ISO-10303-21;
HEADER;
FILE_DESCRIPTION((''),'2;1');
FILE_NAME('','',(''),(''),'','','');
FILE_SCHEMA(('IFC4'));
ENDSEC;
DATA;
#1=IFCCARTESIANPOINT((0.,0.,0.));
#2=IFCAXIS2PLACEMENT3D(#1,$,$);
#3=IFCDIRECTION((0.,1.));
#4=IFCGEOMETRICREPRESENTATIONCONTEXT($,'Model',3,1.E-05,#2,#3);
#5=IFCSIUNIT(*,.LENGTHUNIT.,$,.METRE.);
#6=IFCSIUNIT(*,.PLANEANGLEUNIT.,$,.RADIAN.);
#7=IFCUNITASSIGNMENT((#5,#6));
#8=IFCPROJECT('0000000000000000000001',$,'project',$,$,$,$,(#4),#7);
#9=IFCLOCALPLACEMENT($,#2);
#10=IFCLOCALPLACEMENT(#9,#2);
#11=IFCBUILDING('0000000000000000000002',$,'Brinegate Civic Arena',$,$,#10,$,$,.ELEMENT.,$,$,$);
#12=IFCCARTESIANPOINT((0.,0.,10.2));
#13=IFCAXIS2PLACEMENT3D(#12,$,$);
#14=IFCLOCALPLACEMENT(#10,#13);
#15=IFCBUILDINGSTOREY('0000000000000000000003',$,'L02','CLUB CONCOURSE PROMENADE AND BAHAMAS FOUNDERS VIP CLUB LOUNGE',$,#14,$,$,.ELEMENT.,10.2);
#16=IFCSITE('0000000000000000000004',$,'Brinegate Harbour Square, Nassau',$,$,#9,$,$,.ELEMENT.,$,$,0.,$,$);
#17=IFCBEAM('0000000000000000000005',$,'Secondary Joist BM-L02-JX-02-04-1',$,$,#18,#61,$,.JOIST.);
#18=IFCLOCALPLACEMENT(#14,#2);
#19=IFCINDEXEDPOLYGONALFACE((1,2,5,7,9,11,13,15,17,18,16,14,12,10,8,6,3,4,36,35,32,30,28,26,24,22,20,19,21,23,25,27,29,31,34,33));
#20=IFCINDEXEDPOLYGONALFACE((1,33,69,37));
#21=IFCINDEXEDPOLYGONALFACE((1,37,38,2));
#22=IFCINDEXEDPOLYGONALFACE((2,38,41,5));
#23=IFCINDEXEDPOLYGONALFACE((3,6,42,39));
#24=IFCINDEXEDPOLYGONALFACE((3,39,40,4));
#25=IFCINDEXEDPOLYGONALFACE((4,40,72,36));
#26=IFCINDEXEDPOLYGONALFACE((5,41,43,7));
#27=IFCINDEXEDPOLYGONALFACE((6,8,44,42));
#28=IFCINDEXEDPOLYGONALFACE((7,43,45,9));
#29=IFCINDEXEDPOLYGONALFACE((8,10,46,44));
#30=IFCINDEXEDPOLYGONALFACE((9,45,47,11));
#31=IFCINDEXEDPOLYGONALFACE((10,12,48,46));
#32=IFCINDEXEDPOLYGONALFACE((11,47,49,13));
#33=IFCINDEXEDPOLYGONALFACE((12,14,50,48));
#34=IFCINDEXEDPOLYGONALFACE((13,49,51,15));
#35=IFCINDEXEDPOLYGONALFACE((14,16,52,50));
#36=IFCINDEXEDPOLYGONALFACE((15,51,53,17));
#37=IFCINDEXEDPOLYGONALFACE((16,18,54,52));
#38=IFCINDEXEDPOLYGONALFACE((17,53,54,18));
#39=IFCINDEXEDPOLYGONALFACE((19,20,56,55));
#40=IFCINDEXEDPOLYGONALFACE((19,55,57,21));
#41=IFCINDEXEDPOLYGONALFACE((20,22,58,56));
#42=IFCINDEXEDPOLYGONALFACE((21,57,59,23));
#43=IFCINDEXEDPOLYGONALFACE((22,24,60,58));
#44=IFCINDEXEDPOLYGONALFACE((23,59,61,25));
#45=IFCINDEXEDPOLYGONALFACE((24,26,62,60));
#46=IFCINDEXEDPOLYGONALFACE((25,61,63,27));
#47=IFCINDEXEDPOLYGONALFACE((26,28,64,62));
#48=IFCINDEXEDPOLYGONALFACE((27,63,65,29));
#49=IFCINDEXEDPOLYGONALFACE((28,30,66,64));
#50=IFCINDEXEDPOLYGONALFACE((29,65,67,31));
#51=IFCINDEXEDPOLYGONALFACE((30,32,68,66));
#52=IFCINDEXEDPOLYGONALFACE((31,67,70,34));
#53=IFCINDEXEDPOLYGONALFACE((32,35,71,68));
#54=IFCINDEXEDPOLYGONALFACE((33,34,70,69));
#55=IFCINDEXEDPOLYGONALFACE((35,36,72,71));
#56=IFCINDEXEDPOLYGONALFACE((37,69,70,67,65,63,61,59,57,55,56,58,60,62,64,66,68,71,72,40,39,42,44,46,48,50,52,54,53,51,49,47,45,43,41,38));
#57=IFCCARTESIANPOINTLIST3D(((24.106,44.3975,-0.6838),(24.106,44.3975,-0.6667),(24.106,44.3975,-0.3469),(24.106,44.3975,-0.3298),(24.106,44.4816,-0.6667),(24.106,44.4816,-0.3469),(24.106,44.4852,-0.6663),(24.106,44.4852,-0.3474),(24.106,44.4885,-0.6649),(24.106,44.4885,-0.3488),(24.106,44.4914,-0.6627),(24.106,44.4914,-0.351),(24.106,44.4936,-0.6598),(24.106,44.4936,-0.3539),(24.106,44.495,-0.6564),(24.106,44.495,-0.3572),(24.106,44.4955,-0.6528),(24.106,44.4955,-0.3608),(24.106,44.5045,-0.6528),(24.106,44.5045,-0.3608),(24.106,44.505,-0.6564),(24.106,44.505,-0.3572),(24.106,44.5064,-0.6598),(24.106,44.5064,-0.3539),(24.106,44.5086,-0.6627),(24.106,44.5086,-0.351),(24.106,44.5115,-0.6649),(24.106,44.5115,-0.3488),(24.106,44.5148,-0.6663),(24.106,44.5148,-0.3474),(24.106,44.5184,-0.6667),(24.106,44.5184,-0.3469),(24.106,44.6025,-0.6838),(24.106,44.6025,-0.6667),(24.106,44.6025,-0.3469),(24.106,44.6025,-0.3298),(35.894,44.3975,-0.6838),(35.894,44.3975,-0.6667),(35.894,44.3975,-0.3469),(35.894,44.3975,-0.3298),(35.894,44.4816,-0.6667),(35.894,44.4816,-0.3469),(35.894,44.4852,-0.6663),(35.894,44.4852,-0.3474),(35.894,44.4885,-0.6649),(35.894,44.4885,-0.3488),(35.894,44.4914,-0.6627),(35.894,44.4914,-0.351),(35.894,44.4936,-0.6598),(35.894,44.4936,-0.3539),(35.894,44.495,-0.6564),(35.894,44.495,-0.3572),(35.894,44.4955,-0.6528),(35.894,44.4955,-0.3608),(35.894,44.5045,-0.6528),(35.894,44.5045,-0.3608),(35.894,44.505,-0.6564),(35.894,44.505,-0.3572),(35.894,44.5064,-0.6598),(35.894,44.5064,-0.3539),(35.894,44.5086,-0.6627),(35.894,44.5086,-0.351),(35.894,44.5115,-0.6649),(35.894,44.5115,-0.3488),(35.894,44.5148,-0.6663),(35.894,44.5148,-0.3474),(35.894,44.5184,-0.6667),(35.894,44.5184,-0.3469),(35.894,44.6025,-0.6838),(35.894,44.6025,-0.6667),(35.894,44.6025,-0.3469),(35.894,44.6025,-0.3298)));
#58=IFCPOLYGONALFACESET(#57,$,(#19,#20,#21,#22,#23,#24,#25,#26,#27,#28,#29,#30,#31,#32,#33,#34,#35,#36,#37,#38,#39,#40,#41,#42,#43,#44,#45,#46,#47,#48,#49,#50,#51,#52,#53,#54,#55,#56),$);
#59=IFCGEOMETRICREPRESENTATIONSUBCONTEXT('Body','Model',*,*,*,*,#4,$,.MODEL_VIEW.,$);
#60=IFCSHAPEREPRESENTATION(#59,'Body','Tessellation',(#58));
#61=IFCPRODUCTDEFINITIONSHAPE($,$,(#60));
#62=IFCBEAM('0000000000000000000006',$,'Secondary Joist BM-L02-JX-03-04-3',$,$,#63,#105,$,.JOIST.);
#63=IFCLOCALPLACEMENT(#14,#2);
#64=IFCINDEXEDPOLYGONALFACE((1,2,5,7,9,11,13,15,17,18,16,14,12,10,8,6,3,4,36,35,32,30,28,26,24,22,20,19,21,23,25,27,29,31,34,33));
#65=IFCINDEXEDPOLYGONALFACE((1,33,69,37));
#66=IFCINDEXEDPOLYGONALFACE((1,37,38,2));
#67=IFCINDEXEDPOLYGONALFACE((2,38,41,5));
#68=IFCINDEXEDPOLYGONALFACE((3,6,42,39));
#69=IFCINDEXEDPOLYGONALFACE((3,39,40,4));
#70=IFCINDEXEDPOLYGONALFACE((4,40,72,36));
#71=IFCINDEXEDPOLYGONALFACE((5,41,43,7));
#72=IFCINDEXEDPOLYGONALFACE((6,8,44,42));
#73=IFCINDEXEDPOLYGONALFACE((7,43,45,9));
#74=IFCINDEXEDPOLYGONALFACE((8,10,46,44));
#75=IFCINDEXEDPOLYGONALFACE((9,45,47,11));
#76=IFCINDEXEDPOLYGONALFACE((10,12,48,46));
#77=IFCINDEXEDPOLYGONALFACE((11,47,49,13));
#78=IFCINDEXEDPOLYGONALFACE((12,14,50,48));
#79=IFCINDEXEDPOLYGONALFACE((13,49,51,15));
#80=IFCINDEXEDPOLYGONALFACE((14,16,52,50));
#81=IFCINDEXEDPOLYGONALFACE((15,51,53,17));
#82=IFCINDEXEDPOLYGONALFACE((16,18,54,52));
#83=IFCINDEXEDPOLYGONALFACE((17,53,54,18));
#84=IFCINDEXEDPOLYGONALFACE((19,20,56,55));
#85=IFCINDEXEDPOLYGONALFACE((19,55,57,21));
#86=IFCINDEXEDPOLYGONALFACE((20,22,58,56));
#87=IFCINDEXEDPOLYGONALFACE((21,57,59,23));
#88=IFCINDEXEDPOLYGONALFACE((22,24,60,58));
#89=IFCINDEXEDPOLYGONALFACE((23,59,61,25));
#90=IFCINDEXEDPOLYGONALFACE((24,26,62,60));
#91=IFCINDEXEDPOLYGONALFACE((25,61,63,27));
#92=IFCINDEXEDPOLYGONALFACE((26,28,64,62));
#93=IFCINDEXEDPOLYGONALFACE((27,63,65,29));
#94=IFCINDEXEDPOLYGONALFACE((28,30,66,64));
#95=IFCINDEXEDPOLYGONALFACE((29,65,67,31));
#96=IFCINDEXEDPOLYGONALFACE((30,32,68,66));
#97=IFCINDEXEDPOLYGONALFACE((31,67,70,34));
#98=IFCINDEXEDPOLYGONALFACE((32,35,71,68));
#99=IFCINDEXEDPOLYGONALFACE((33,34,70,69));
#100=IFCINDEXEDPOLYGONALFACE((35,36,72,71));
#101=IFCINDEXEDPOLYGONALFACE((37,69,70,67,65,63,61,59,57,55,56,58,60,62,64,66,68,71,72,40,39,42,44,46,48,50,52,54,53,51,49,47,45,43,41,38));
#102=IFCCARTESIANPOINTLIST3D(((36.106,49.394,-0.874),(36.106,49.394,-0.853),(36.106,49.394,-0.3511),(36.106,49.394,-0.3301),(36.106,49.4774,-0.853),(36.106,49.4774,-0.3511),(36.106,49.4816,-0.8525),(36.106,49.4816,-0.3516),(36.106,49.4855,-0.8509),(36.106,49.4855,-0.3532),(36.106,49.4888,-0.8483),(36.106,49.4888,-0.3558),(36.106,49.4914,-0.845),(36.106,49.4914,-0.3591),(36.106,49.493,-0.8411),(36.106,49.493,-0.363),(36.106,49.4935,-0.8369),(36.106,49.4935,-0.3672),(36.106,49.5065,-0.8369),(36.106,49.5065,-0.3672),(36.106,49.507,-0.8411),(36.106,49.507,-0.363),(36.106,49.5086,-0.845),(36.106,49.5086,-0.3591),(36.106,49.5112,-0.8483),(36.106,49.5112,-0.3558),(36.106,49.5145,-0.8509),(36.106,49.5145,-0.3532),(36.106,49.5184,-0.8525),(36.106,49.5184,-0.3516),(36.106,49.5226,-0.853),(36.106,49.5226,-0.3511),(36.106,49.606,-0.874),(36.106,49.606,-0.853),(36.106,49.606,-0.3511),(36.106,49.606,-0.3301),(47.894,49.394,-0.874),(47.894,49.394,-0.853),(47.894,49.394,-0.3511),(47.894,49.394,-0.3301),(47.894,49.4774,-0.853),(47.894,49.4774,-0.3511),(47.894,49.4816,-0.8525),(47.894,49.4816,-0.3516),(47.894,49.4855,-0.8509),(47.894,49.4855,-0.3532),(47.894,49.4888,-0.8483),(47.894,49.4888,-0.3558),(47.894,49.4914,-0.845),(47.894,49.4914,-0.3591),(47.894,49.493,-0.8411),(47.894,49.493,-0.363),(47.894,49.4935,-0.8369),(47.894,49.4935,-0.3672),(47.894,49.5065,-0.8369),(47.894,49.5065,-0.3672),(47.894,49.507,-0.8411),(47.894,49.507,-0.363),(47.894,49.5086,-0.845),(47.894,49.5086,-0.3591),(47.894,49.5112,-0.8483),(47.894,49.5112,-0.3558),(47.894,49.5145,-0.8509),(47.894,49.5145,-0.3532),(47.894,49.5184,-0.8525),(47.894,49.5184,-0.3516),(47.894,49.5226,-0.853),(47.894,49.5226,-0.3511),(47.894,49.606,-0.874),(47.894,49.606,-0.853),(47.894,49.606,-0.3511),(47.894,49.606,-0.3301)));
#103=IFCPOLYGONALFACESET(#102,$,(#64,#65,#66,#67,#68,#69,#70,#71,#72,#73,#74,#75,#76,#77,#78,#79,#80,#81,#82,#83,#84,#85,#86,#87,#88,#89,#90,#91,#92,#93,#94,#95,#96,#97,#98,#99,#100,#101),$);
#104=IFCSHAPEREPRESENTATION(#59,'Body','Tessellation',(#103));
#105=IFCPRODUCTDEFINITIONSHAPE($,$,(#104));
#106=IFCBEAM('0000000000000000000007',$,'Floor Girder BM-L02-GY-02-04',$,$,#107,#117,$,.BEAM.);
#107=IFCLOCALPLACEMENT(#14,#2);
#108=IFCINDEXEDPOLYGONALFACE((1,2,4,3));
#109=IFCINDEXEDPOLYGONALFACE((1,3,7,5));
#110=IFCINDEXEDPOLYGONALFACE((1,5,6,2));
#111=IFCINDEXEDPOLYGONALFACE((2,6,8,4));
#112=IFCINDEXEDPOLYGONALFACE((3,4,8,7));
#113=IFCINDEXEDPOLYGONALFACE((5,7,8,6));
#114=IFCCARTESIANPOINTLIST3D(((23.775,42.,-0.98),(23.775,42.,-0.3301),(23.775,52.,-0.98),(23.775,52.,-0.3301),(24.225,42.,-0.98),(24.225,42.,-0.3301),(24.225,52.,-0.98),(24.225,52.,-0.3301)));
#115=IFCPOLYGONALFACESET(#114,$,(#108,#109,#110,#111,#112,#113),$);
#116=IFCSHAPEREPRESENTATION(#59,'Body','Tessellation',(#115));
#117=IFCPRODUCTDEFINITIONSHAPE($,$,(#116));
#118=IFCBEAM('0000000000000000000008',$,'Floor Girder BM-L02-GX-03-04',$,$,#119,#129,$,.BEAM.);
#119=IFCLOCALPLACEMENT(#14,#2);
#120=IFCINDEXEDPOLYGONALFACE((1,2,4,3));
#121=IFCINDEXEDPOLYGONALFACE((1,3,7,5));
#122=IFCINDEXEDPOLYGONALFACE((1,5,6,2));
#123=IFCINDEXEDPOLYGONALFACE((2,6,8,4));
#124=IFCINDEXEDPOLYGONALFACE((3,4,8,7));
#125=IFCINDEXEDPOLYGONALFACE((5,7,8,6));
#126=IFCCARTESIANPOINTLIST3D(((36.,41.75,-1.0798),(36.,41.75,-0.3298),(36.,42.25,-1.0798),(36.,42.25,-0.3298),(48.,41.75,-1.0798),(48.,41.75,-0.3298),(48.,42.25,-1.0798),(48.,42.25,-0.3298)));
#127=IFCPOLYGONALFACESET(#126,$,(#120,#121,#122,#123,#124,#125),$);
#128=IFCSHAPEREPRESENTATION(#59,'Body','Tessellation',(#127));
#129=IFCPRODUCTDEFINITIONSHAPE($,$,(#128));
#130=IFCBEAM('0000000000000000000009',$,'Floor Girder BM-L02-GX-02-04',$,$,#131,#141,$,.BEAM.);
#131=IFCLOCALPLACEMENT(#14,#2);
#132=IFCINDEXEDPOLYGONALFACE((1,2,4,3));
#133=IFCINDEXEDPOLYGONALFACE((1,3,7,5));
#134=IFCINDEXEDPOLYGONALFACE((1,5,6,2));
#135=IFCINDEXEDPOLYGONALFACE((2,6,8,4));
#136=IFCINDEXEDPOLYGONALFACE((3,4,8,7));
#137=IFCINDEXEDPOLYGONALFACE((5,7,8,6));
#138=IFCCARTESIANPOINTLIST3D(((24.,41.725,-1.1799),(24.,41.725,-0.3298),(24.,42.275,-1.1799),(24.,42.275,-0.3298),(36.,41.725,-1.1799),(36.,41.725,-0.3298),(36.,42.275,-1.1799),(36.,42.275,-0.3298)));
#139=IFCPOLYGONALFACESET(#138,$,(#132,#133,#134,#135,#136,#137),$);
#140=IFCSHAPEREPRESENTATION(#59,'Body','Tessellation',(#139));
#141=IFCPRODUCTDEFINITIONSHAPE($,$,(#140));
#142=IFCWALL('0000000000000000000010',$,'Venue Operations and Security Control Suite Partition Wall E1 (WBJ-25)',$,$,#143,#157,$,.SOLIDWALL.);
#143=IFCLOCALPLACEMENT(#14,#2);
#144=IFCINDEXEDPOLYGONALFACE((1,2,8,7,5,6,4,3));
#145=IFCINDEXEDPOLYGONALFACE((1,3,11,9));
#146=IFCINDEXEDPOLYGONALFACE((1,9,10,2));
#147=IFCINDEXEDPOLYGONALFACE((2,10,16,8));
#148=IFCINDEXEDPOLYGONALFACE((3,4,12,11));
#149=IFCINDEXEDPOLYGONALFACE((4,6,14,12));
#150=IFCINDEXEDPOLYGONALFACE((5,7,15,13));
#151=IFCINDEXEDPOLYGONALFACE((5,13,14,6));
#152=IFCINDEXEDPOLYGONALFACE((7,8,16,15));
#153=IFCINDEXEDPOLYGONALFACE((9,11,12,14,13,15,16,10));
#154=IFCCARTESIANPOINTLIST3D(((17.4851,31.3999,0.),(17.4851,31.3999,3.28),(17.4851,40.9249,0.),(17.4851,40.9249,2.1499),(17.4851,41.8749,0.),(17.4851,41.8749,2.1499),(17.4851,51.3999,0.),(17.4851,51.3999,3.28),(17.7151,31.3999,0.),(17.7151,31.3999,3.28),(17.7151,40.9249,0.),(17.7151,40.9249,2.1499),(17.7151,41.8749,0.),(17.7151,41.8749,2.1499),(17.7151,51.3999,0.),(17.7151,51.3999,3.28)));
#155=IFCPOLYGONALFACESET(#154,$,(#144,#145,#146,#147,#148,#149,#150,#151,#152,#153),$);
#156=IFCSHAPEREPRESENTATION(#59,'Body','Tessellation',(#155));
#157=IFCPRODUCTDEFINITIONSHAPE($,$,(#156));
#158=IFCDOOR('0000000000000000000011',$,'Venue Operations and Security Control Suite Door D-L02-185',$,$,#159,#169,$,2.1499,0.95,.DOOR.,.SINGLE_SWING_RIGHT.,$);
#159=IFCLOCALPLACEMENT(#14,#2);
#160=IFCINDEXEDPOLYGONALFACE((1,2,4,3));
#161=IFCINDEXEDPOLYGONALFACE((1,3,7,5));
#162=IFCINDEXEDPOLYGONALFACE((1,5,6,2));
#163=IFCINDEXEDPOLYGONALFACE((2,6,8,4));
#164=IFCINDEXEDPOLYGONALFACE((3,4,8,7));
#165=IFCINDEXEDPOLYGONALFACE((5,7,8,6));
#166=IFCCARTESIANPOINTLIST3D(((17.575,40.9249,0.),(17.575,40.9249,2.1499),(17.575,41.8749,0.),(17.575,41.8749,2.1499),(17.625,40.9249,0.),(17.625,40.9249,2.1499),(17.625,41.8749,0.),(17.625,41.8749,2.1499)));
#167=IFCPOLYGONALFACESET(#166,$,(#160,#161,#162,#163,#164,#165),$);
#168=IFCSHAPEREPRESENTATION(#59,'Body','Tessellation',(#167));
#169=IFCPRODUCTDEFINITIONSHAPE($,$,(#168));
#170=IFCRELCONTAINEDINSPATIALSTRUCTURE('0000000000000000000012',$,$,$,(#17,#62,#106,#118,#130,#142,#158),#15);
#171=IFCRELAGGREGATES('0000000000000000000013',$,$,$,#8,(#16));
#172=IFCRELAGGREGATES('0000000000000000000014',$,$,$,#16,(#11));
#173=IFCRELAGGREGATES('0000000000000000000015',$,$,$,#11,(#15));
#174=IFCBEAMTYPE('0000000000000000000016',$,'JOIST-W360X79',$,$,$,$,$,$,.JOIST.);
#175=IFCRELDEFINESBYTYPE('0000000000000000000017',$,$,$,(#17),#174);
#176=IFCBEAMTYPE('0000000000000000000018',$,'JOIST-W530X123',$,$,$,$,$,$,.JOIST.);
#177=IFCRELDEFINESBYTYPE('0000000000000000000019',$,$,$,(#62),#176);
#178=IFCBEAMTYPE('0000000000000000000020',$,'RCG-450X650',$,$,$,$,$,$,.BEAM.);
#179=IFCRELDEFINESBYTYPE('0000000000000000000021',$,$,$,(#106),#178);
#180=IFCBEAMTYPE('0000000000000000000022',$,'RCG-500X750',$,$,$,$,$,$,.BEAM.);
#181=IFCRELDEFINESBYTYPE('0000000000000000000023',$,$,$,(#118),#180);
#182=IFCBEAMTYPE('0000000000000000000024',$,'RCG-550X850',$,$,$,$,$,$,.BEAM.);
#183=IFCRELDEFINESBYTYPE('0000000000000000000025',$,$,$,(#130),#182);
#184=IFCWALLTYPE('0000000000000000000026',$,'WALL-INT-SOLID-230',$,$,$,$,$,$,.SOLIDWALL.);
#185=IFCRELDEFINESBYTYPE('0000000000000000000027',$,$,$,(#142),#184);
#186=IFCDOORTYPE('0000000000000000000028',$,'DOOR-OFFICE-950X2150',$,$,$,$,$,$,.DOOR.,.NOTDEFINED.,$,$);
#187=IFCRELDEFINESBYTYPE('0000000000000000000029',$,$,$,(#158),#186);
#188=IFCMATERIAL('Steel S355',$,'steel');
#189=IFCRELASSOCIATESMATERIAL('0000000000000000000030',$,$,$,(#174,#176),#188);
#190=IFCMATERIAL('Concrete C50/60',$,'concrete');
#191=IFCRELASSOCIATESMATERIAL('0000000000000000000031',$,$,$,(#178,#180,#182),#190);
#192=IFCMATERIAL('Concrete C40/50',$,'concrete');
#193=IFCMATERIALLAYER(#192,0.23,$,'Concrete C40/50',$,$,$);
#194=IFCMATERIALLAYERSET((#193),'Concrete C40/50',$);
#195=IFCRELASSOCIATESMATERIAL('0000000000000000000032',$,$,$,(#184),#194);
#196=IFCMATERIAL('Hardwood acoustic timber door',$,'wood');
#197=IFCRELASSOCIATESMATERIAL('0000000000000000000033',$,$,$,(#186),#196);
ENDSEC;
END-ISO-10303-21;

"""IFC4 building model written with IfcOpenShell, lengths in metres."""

from ifc_helpers import new_model, si_unit, direction, frame, frame_2d, origin, origin_2d, place, context, subcontext, project, spatial, rectangle, i_section, extrude, material, layer, layer_set, material_profile, profile_set, type_object, element, fill, save


model = new_model("IFC4")

# Units and contexts
model_context = context("Model", 3, precision=1e-05, world=origin(), true_north=direction((0.0, 1.0)))
body_context = subcontext(model_context, "Body", "Model", "MODEL_VIEW")
ifc_project = project(units=[si_unit("LENGTHUNIT", "METRE"), si_unit("PLANEANGLEUNIT", "RADIAN")], contexts=[model_context])

# Site, building, storey
site_placement = place(None, origin())
site = spatial("IfcSite", under=ifc_project, at=site_placement, Name="Brinegate Harbour Square, Nassau", CompositionType="ELEMENT", RefElevation=0.0)
building_placement = place(site_placement, origin())
building = spatial("IfcBuilding", under=site, at=building_placement, Name="Brinegate Civic Arena", CompositionType="ELEMENT")
storey_placement = place(building_placement, frame((0.0, 0.0, 10.2)))
storey = spatial("IfcBuildingStorey", under=building, at=storey_placement, Name="L02", Description="CLUB CONCOURSE PROMENADE AND BAHAMAS FOUNDERS VIP CLUB LOUNGE", CompositionType="ELEMENT", Elevation=10.2)

# Shared definitions
ifc_material_1 = material(Name="Concrete C50/60", Category="concrete")
ifc_material_2 = material(Name="Steel S355", Category="steel")

# Beams
ifc_material_profile_1 = material_profile(ifc_material_2, i_section(OverallWidth=0.2051, OverallDepth=0.354, WebThickness=0.009, FlangeThickness=0.0171, FilletRadius=0.0139, at=origin_2d()), Name="W360X79")
ifc_profile_set_1 = profile_set([ifc_material_profile_1], Name="Steel S355")
beam_type_1 = type_object("IfcBeamType", Name="JOIST-W360X79", PredefinedType="JOIST", material=ifc_profile_set_1)
beam_1_placement = place(storey_placement, frame((24.106, 44.5, -0.5068), z_axis=(1.0, 0.0, 0.0), x_axis=(0.0, 1.0, 0.0)))
element("IfcBeam", 1, at=beam_1_placement, inside=storey, type_object=beam_type_1, Name="Secondary Joist BM-L02-JX-02-04-1", PredefinedType="JOIST", context=body_context, shape_type="SweptSolid", body=[
    extrude(i_section(OverallWidth=0.2051, OverallDepth=0.354, WebThickness=0.009, FlangeThickness=0.0171, FilletRadius=0.0139, at=origin_2d()), origin(), (0.0, 0.0, 1.0), 11.7881),
])
ifc_material_profile_2 = material_profile(ifc_material_2, i_section(OverallWidth=0.2119, OverallDepth=0.5439, WebThickness=0.0129, FlangeThickness=0.021, FilletRadius=0.0161, at=origin_2d()), Name="W530X123")
ifc_profile_set_2 = profile_set([ifc_material_profile_2], Name="Steel S355")
beam_type_2 = type_object("IfcBeamType", Name="JOIST-W530X123", PredefinedType="JOIST", material=ifc_profile_set_2)
beam_2_placement = place(storey_placement, frame((36.106, 49.5, -0.6021), z_axis=(1.0, 0.0, 0.0), x_axis=(0.0, 1.0, 0.0)))
element("IfcBeam", 2, at=beam_2_placement, inside=storey, type_object=beam_type_2, Name="Secondary Joist BM-L02-JX-03-04-3", PredefinedType="JOIST", context=body_context, shape_type="SweptSolid", body=[
    extrude(i_section(OverallWidth=0.2119, OverallDepth=0.5439, WebThickness=0.0129, FlangeThickness=0.021, FilletRadius=0.0161, at=origin_2d()), origin(), (0.0, 0.0, 1.0), 11.7881),
])
ifc_material_profile_3 = material_profile(ifc_material_1, rectangle(XDim=0.45, YDim=0.6499, at=origin_2d()), Name="RCB450X650")
ifc_profile_set_3 = profile_set([ifc_material_profile_3], Name="Concrete C50/60")
beam_type_3 = type_object("IfcBeamType", Name="RCG-450X650", PredefinedType="BEAM", material=ifc_profile_set_3)
beam_3_placement = place(storey_placement, frame((24.0, 42.0, -0.655), z_axis=(0.0, 1.0, 0.0), x_axis=(-1.0, 0.0, 0.0)))
element("IfcBeam", 3, at=beam_3_placement, inside=storey, type_object=beam_type_3, Name="Floor Girder BM-L02-GY-02-04", PredefinedType="BEAM", context=body_context, shape_type="SweptSolid", body=[
    extrude(rectangle(XDim=0.45, YDim=0.6499, at=origin_2d()), origin(), (0.0, 0.0, 1.0), 10.0),
])
ifc_material_profile_4 = material_profile(ifc_material_1, rectangle(XDim=0.5, YDim=0.75, at=origin_2d()), Name="RCB500X750")
ifc_profile_set_4 = profile_set([ifc_material_profile_4], Name="Concrete C50/60")
beam_type_4 = type_object("IfcBeamType", Name="RCG-500X750", PredefinedType="BEAM", material=ifc_profile_set_4)
beam_4_placement = place(storey_placement, frame((36.0, 42.0, -0.7048), z_axis=(1.0, 0.0, 0.0), x_axis=(0.0, 1.0, 0.0)))
element("IfcBeam", 4, at=beam_4_placement, inside=storey, type_object=beam_type_4, Name="Floor Girder BM-L02-GX-03-04", PredefinedType="BEAM", context=body_context, shape_type="SweptSolid", body=[
    extrude(rectangle(XDim=0.5, YDim=0.75, at=origin_2d()), origin(), (0.0, 0.0, 1.0), 12.0),
])
ifc_material_profile_5 = material_profile(ifc_material_1, rectangle(XDim=0.55, YDim=0.8501, at=origin_2d()), Name="RCB550X850")
ifc_profile_set_5 = profile_set([ifc_material_profile_5], Name="Concrete C50/60")
beam_type_5 = type_object("IfcBeamType", Name="RCG-550X850", PredefinedType="BEAM", material=ifc_profile_set_5)
beam_5_placement = place(storey_placement, frame((24.0, 42.0, -0.7549), z_axis=(1.0, 0.0, 0.0), x_axis=(0.0, 1.0, 0.0)))
element("IfcBeam", 5, at=beam_5_placement, inside=storey, type_object=beam_type_5, Name="Floor Girder BM-L02-GX-02-04", PredefinedType="BEAM", context=body_context, shape_type="SweptSolid", body=[
    extrude(rectangle(XDim=0.55, YDim=0.8501, at=origin_2d()), origin(), (0.0, 0.0, 1.0), 12.0),
])

# Wall, opening, door
ifc_material_3 = material(Name="Concrete C40/50", Category="concrete")
ifc_layer = layer(ifc_material_3, 0.23, Name="Concrete C40/50")
ifc_layer_set = layer_set([ifc_layer], Name="Concrete C40/50")
wall_type = type_object("IfcWallType", Name="WALL-INT-SOLID-230", PredefinedType="SOLIDWALL", material=ifc_layer_set)
wall_placement = place(storey_placement, frame((17.6001, 51.3999, 0.0), z_axis=(0.0, 0.0, 1.0), x_axis=(0.0, -1.0, 0.0)))
wall = element("IfcWall", 6, at=wall_placement, inside=storey, type_object=wall_type, Name="Venue Operations and Security Control Suite Partition Wall E1 (WBJ-25)", PredefinedType="SOLIDWALL", context=body_context, shape_type="SweptSolid", body=[
    extrude(rectangle(XDim=20.0, YDim=0.23, at=frame_2d((10.0, 0.0))), origin(), (0.0, 0.0, 1.0), 3.28),
])
opening_placement = place(wall_placement, frame((9.5249, 0.0, 0.0)))
opening = element("IfcOpeningElement", 7, at=opening_placement, cuts=wall, PredefinedType="OPENING", context=body_context, shape_type="SweptSolid", body=[
    extrude(rectangle(XDim=0.95, YDim=2.1499, at=frame_2d((0.4751, 1.075))), frame((0.0, 0.125, 0.0), z_axis=(0.0, -1.0, 0.0), x_axis=(1.0, 0.0, 0.0)), (0.0, 0.0, 1.0), 0.25),
])
ifc_material_4 = material(Name="Hardwood acoustic timber door", Category="wood")
door_type = type_object("IfcDoorType", Name="DOOR-OFFICE-950X2150", OperationType="NOTDEFINED", PredefinedType="DOOR", material=ifc_material_4)
door_placement = place(opening_placement, origin())
door = element("IfcDoor", 8, at=door_placement, inside=storey, type_object=door_type, Name="Venue Operations and Security Control Suite Door D-L02-185", OperationType="SINGLE_SWING_RIGHT", OverallHeight=2.1499, OverallWidth=0.95, PredefinedType="DOOR", context=body_context, shape_type="SweptSolid", body=[
    extrude(rectangle(XDim=0.95, YDim=2.1499, at=frame_2d((0.4751, 1.075))), frame((0.0, 0.0249, 0.0), z_axis=(0.0, -1.0, 0.0), x_axis=(1.0, 0.0, 0.0)), (0.0, 0.0, 1.0), 0.05),
])
fill(opening, door)

save(model, "model.ifc")
